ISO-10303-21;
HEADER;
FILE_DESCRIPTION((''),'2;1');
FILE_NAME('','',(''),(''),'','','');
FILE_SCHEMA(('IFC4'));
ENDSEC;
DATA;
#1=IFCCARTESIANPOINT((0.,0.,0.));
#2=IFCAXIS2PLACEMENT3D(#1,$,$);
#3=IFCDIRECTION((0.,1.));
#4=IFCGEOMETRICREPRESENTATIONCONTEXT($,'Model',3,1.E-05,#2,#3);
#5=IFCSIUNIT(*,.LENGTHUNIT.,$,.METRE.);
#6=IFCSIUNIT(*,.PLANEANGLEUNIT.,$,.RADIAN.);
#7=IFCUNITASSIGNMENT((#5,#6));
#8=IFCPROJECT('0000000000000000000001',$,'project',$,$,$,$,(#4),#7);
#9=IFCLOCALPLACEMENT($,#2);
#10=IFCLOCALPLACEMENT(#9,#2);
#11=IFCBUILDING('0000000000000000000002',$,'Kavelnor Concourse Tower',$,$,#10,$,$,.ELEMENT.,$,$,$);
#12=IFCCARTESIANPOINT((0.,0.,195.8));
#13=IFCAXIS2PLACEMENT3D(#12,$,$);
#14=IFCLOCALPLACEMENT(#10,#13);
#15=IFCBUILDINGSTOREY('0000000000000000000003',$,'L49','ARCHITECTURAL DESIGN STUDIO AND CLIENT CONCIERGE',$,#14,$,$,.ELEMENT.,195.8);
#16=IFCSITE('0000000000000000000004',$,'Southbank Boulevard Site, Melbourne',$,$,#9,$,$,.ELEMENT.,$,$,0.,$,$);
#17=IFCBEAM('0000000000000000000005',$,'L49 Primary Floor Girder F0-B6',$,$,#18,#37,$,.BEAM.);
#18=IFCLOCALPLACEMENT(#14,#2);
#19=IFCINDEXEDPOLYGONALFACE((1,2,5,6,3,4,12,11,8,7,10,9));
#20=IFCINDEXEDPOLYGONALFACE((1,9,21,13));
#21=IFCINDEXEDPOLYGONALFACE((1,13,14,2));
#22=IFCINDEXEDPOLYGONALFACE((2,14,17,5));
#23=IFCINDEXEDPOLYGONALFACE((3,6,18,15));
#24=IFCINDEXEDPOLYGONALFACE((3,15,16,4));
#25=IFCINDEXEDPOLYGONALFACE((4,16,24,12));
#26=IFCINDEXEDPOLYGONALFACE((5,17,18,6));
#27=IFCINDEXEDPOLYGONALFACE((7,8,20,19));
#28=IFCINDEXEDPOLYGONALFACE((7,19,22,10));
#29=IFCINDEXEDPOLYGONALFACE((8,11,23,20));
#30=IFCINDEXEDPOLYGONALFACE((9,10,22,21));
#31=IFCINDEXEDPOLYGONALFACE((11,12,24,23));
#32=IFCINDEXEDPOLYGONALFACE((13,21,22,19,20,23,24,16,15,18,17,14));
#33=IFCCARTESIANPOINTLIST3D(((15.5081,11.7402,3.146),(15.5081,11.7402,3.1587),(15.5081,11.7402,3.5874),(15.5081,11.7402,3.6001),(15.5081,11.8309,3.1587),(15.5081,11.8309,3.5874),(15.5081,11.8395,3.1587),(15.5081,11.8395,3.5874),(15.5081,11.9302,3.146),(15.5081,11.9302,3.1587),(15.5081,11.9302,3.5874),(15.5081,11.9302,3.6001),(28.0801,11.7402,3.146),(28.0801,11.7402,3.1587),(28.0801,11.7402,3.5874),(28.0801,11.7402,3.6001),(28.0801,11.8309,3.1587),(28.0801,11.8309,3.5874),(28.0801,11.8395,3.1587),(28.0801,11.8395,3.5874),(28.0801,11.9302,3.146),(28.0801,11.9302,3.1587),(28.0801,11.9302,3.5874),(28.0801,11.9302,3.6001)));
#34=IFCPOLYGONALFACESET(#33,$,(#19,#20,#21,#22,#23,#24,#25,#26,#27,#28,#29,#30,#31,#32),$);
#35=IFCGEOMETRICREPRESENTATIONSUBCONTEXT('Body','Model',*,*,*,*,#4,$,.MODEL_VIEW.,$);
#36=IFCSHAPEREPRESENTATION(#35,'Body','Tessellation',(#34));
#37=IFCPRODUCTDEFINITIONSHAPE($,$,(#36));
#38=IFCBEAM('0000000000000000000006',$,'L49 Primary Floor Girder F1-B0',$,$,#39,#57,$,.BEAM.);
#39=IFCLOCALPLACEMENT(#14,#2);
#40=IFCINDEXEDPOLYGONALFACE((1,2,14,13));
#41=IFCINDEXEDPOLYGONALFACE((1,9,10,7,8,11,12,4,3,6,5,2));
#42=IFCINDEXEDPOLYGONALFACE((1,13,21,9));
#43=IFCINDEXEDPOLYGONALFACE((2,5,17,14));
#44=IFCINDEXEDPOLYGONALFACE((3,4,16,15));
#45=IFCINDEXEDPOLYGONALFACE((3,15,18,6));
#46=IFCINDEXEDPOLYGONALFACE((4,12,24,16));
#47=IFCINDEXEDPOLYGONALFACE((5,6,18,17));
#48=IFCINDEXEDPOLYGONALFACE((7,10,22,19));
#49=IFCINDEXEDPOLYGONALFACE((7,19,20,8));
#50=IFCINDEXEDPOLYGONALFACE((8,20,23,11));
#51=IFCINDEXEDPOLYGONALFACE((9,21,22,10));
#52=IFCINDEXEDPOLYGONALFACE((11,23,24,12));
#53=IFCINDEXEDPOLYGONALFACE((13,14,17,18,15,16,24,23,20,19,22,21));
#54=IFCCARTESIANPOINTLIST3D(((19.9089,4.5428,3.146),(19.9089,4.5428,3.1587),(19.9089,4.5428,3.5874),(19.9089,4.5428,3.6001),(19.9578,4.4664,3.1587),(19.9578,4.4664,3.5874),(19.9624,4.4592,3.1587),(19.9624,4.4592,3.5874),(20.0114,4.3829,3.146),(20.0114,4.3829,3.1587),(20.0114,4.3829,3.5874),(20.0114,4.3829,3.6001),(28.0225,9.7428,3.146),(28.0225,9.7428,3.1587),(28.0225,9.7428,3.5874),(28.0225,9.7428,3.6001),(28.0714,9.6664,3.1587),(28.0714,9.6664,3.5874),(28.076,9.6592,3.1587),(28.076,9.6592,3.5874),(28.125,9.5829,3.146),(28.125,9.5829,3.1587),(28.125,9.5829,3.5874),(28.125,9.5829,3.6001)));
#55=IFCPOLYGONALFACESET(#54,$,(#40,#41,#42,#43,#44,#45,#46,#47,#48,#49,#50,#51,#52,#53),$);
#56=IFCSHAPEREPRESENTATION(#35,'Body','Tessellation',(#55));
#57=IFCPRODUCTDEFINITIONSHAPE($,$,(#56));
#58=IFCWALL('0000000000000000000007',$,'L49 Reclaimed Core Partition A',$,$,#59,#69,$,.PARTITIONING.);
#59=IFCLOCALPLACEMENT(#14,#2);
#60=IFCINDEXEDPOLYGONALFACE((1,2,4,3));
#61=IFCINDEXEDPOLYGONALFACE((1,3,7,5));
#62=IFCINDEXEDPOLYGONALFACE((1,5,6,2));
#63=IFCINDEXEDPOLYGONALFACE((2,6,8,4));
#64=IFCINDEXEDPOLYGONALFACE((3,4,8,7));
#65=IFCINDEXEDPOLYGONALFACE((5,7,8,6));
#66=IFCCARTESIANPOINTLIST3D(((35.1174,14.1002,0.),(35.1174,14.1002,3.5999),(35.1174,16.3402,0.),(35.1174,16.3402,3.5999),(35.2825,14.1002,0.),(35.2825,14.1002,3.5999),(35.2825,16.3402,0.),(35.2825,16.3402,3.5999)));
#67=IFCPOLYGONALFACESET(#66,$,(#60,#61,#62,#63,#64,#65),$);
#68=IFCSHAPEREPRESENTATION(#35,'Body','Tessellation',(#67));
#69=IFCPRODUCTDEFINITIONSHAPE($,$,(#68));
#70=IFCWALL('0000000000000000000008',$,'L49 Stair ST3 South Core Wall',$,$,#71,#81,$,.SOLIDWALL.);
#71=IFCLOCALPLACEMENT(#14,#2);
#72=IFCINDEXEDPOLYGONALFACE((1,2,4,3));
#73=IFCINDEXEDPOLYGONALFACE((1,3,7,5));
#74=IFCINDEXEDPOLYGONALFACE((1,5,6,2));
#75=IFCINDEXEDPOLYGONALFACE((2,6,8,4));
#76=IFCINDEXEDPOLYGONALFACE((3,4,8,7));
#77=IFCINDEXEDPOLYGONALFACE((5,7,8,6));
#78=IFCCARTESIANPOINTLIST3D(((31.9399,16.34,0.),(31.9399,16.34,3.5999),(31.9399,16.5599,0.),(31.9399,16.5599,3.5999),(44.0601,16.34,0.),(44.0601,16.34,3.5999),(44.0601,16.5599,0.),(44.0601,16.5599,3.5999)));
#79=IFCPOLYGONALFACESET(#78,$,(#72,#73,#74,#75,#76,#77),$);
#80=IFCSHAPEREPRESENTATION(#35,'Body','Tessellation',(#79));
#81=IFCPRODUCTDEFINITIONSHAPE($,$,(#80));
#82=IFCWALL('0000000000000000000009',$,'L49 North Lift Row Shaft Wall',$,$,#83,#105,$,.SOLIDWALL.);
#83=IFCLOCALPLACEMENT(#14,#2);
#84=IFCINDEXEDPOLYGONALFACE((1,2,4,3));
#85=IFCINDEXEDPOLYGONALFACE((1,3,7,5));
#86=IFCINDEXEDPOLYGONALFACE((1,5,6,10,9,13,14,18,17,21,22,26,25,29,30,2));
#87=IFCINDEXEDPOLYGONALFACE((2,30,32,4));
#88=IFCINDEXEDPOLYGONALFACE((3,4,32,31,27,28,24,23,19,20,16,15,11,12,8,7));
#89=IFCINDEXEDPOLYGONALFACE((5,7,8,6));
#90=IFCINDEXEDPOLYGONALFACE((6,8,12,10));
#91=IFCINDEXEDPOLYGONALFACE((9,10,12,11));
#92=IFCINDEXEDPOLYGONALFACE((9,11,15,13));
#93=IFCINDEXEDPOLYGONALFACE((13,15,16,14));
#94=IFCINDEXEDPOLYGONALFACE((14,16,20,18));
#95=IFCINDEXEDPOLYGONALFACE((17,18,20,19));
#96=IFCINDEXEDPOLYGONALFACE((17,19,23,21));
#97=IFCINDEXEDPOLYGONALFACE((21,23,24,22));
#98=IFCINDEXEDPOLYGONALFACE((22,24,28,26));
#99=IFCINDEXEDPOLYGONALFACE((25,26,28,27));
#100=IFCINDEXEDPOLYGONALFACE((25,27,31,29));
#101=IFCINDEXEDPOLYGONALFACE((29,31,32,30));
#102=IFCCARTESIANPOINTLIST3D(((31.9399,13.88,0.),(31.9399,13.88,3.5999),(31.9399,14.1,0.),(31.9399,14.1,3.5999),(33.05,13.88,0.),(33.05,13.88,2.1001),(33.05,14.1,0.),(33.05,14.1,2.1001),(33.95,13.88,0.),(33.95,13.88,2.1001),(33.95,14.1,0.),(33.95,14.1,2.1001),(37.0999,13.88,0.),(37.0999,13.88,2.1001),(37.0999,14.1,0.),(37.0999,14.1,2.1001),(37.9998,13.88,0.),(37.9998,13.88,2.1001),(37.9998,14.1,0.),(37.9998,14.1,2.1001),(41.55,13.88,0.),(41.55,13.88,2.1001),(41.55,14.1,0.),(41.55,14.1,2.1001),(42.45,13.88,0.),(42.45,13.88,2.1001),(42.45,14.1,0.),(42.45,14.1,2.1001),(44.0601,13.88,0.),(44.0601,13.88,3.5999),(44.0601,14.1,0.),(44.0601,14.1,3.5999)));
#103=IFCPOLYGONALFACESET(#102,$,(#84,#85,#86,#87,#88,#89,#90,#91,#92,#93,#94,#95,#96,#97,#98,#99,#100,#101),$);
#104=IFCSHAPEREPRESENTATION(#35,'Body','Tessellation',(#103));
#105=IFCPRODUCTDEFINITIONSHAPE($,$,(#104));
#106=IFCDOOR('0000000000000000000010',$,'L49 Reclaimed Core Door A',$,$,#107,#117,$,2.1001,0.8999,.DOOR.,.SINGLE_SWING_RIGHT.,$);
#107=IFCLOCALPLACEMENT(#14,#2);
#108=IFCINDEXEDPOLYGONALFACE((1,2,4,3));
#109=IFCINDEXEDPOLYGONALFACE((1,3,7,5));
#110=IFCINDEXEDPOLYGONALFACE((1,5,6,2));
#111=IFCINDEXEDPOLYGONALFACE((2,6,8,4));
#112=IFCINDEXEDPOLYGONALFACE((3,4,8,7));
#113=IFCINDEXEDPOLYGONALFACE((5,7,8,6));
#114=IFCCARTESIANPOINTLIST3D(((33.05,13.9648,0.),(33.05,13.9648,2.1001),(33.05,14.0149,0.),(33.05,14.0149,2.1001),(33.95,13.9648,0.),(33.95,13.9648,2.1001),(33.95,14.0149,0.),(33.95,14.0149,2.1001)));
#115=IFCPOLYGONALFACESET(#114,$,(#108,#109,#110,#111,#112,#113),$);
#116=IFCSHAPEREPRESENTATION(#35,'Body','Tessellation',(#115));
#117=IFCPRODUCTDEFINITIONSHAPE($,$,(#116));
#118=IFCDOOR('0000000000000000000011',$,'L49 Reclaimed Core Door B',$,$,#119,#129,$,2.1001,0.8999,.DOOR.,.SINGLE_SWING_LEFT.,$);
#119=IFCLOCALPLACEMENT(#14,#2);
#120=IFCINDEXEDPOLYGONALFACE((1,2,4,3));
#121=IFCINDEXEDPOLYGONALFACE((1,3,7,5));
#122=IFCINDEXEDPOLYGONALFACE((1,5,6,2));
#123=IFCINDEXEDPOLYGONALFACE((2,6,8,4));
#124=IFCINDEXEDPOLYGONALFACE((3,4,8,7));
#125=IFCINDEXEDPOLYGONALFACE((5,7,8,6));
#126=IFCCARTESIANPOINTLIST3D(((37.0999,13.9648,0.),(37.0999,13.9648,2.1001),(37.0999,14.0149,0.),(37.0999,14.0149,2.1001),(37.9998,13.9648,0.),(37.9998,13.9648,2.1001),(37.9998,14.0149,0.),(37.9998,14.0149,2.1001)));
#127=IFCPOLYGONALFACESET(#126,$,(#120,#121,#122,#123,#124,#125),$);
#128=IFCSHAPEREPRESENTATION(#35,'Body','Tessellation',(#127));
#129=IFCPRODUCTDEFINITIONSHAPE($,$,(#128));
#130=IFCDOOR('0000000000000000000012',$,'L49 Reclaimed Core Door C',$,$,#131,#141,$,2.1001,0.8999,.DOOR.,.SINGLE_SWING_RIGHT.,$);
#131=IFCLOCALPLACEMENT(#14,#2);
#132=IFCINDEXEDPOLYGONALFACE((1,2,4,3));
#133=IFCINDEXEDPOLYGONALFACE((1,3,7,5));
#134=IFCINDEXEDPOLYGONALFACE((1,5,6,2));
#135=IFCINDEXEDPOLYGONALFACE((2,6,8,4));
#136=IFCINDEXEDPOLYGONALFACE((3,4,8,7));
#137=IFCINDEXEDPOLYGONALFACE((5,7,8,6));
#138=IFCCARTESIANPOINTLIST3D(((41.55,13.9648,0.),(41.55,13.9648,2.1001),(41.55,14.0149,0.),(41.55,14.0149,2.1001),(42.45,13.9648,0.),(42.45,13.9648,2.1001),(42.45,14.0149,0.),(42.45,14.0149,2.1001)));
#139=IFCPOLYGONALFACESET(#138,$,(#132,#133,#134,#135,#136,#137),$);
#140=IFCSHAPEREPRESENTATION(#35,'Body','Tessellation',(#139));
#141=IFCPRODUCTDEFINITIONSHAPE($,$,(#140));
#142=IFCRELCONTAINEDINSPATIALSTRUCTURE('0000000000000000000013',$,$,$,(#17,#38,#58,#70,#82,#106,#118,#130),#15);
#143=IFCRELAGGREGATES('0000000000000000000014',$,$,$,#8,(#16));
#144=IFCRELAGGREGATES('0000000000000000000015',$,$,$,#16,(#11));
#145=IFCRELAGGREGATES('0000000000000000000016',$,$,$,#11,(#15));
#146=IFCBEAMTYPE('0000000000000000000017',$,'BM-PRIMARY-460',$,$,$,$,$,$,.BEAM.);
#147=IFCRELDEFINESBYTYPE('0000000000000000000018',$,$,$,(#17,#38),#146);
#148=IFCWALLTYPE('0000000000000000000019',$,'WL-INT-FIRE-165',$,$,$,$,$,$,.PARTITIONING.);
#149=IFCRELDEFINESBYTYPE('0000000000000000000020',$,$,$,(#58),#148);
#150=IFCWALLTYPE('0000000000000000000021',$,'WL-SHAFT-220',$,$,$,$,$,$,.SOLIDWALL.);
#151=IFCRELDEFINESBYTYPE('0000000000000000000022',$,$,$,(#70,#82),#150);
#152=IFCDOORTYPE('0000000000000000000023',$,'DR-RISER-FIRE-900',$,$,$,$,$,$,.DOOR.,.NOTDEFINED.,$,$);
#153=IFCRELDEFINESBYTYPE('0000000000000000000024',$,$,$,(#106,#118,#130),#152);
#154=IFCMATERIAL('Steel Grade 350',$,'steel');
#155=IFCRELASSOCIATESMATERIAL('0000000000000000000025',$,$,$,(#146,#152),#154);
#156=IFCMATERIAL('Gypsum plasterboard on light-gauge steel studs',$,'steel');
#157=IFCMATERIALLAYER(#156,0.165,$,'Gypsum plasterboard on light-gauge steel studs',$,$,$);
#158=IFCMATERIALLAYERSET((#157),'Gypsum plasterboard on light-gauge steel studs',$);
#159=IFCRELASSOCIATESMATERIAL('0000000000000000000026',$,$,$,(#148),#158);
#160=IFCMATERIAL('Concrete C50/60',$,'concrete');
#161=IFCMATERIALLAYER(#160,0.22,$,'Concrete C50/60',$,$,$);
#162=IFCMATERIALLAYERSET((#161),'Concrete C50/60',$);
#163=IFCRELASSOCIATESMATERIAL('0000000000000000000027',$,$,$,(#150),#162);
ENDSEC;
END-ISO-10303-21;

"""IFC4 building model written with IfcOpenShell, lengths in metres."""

from ifc_helpers import new_model, si_unit, direction, frame, frame_2d, origin, origin_2d, place, context, subcontext, project, spatial, rectangle, i_section, extrude, material, layer, layer_set, material_profile, profile_set, type_object, element, fill, save


model = new_model("IFC4")

# Units and contexts
model_context = context("Model", 3, precision=1e-05, world=origin(), true_north=direction((0.0, 1.0)))
body_context = subcontext(model_context, "Body", "Model", "MODEL_VIEW")
ifc_project = project(units=[si_unit("LENGTHUNIT", "METRE"), si_unit("PLANEANGLEUNIT", "RADIAN")], contexts=[model_context])

# Site, building, storey
site_placement = place(None, origin())
site = spatial("IfcSite", under=ifc_project, at=site_placement, Name="Southbank Boulevard Site, Melbourne", CompositionType="ELEMENT", RefElevation=0.0)
building_placement = place(site_placement, origin())
building = spatial("IfcBuilding", under=site, at=building_placement, Name="Kavelnor Concourse Tower", CompositionType="ELEMENT")
storey_placement = place(building_placement, frame((0.0, 0.0, 195.8)))
storey = spatial("IfcBuildingStorey", under=building, at=storey_placement, Name="L49", Description="ARCHITECTURAL DESIGN STUDIO AND CLIENT CONCIERGE", CompositionType="ELEMENT", Elevation=195.8)

# Beams
ifc_material_1 = material(Name="Steel Grade 350", Category="steel")
ifc_material_profile = material_profile(ifc_material_1, i_section(OverallWidth=0.1899, OverallDepth=0.4541, WebThickness=0.0085, FlangeThickness=0.0127, at=origin_2d()), Name="460UB67")
ifc_profile_set = profile_set([ifc_material_profile], Name="Steel Grade 350")
beam_type = type_object("IfcBeamType", Name="BM-PRIMARY-460", PredefinedType="BEAM", material=ifc_profile_set)
beam_1_placement = place(storey_placement, frame((28.0801, 11.8352, 3.373), z_axis=(-1.0, 0.0, 0.0), x_axis=(0.0, -1.0, 0.0)))
element("IfcBeam", 1, at=beam_1_placement, inside=storey, type_object=beam_type, Name="L49 Primary Floor Girder F0-B6", PredefinedType="BEAM", context=body_context, shape_type="SweptSolid", body=[
    extrude(i_section(OverallWidth=0.1899, OverallDepth=0.4541, WebThickness=0.0085, FlangeThickness=0.0127, at=origin_2d()), origin(), (0.0, 0.0, 1.0), 12.572),
])
beam_2_placement = place(storey_placement, frame((28.0737, 9.6628, 3.373), z_axis=(-0.841928, -0.539591, 0.0), x_axis=(0.539591, -0.841928, 0.0)))
element("IfcBeam", 2, at=beam_2_placement, inside=storey, type_object=beam_type, Name="L49 Primary Floor Girder F1-B0", PredefinedType="BEAM", context=body_context, shape_type="SweptSolid", body=[
    extrude(i_section(OverallWidth=0.1899, OverallDepth=0.4541, WebThickness=0.0085, FlangeThickness=0.0127, at=origin_2d()), origin(), (0.0, 0.0, 1.0), 9.637),
])

# Walls
ifc_material_2 = material(Name="Gypsum plasterboard on light-gauge steel studs", Category="steel")
ifc_layer_1 = layer(ifc_material_2, 0.165, Name="Gypsum plasterboard on light-gauge steel studs")
ifc_layer_set_1 = layer_set([ifc_layer_1], Name="Gypsum plasterboard on light-gauge steel studs")
wall_type_1 = type_object("IfcWallType", Name="WL-INT-FIRE-165", PredefinedType="PARTITIONING", material=ifc_layer_set_1)
wall_1_placement = place(storey_placement, frame((35.2, 14.1001, 0.0), z_axis=(0.0, 0.0, 1.0), x_axis=(0.0, 1.0, 0.0)))
element("IfcWall", 3, at=wall_1_placement, inside=storey, type_object=wall_type_1, Name="L49 Reclaimed Core Partition A", PredefinedType="PARTITIONING", context=body_context, shape_type="SweptSolid", body=[
    extrude(rectangle(XDim=2.24, YDim=0.165, at=frame_2d((1.1201, 0.0))), origin(), (0.0, 0.0, 1.0), 3.5999),
])
ifc_material_3 = material(Name="Concrete C50/60", Category="concrete")
ifc_layer_2 = layer(ifc_material_3, 0.22, Name="Concrete C50/60")
ifc_layer_set_2 = layer_set([ifc_layer_2], Name="Concrete C50/60")
wall_type_2 = type_object("IfcWallType", Name="WL-SHAFT-220", PredefinedType="SOLIDWALL", material=ifc_layer_set_2)
wall_2_placement = place(storey_placement, frame((31.9399, 16.45, 0.0), z_axis=(0.0, 0.0, 1.0), x_axis=(1.0, 0.0, 0.0)))
element("IfcWall", 4, at=wall_2_placement, inside=storey, type_object=wall_type_2, Name="L49 Stair ST3 South Core Wall", PredefinedType="SOLIDWALL", context=body_context, shape_type="SweptSolid", body=[
    extrude(rectangle(XDim=12.1201, YDim=0.22, at=frame_2d((6.0601, 0.0))), origin(), (0.0, 0.0, 1.0), 3.5999),
])

# Wall, openings, doors
wall_3_placement = place(storey_placement, frame((31.9399, 13.99, 0.0), z_axis=(0.0, 0.0, 1.0), x_axis=(1.0, 0.0, 0.0)))
wall_3 = element("IfcWall", 5, at=wall_3_placement, inside=storey, type_object=wall_type_2, Name="L49 North Lift Row Shaft Wall", PredefinedType="SOLIDWALL", context=body_context, shape_type="SweptSolid", body=[
    extrude(rectangle(XDim=12.1201, YDim=0.22, at=frame_2d((6.0601, 0.0))), origin(), (0.0, 0.0, 1.0), 3.5999),
])
opening_1_placement = place(wall_3_placement, frame((1.1101, 0.0, 0.0)))
opening_1 = element("IfcOpeningElement", 6, at=opening_1_placement, cuts=wall_3, PredefinedType="OPENING", context=body_context, shape_type="SweptSolid", body=[
    extrude(rectangle(XDim=0.8999, YDim=2.1001, at=frame_2d((0.45, 1.05))), frame((0.0, 0.1201, 0.0), z_axis=(0.0, -1.0, 0.0), x_axis=(1.0, 0.0, 0.0)), (0.0, 0.0, 1.0), 0.24),
])
opening_2_placement = place(wall_3_placement, frame((5.1599, 0.0, 0.0)))
opening_2 = element("IfcOpeningElement", 7, at=opening_2_placement, cuts=wall_3, PredefinedType="OPENING", context=body_context, shape_type="SweptSolid", body=[
    extrude(rectangle(XDim=0.8999, YDim=2.1001, at=frame_2d((0.45, 1.05))), frame((0.0, 0.1201, 0.0), z_axis=(0.0, -1.0, 0.0), x_axis=(1.0, 0.0, 0.0)), (0.0, 0.0, 1.0), 0.24),
])
opening_3_placement = place(wall_3_placement, frame((9.6101, 0.0, 0.0)))
opening_3 = element("IfcOpeningElement", 8, at=opening_3_placement, cuts=wall_3, PredefinedType="OPENING", context=body_context, shape_type="SweptSolid", body=[
    extrude(rectangle(XDim=0.8999, YDim=2.1001, at=frame_2d((0.45, 1.05))), frame((0.0, 0.1201, 0.0), z_axis=(0.0, -1.0, 0.0), x_axis=(1.0, 0.0, 0.0)), (0.0, 0.0, 1.0), 0.24),
])
door_type_1 = type_object("IfcDoorType", Name="DR-RISER-FIRE-900", OperationType="NOTDEFINED", PredefinedType="DOOR", material=ifc_material_1)
door_1_placement = place(opening_1_placement, origin())
door_1 = element("IfcDoor", 9, at=door_1_placement, inside=storey, type_object=door_type_1, Name="L49 Reclaimed Core Door A", OperationType="SINGLE_SWING_RIGHT", OverallHeight=2.1001, OverallWidth=0.8999, PredefinedType="DOOR", context=body_context, shape_type="SweptSolid", body=[
    extrude(rectangle(XDim=0.8999, YDim=2.1001, at=frame_2d((0.45, 1.05))), frame((0.0, 0.0249, 0.0), z_axis=(0.0, -1.0, 0.0), x_axis=(1.0, 0.0, 0.0)), (0.0, 0.0, 1.0), 0.05),
])
fill(opening_1, door_1)
door_2_placement = place(opening_2_placement, origin())
door_2 = element("IfcDoor", 10, at=door_2_placement, inside=storey, type_object=door_type_1, Name="L49 Reclaimed Core Door B", OperationType="SINGLE_SWING_LEFT", OverallHeight=2.1001, OverallWidth=0.8999, PredefinedType="DOOR", context=body_context, shape_type="SweptSolid", body=[
    extrude(rectangle(XDim=0.8999, YDim=2.1001, at=frame_2d((0.45, 1.05))), frame((0.0, 0.0249, 0.0), z_axis=(0.0, -1.0, 0.0), x_axis=(1.0, 0.0, 0.0)), (0.0, 0.0, 1.0), 0.05),
])
fill(opening_2, door_2)
door_3_placement = place(opening_3_placement, origin())
door_3 = element("IfcDoor", 11, at=door_3_placement, inside=storey, type_object=door_type_1, Name="L49 Reclaimed Core Door C", OperationType="SINGLE_SWING_RIGHT", OverallHeight=2.1001, OverallWidth=0.8999, PredefinedType="DOOR", context=body_context, shape_type="SweptSolid", body=[
    extrude(rectangle(XDim=0.8999, YDim=2.1001, at=frame_2d((0.45, 1.05))), frame((0.0, 0.0249, 0.0), z_axis=(0.0, -1.0, 0.0), x_axis=(1.0, 0.0, 0.0)), (0.0, 0.0, 1.0), 0.05),
])
fill(opening_3, door_3)

save(model, "model.ifc")
